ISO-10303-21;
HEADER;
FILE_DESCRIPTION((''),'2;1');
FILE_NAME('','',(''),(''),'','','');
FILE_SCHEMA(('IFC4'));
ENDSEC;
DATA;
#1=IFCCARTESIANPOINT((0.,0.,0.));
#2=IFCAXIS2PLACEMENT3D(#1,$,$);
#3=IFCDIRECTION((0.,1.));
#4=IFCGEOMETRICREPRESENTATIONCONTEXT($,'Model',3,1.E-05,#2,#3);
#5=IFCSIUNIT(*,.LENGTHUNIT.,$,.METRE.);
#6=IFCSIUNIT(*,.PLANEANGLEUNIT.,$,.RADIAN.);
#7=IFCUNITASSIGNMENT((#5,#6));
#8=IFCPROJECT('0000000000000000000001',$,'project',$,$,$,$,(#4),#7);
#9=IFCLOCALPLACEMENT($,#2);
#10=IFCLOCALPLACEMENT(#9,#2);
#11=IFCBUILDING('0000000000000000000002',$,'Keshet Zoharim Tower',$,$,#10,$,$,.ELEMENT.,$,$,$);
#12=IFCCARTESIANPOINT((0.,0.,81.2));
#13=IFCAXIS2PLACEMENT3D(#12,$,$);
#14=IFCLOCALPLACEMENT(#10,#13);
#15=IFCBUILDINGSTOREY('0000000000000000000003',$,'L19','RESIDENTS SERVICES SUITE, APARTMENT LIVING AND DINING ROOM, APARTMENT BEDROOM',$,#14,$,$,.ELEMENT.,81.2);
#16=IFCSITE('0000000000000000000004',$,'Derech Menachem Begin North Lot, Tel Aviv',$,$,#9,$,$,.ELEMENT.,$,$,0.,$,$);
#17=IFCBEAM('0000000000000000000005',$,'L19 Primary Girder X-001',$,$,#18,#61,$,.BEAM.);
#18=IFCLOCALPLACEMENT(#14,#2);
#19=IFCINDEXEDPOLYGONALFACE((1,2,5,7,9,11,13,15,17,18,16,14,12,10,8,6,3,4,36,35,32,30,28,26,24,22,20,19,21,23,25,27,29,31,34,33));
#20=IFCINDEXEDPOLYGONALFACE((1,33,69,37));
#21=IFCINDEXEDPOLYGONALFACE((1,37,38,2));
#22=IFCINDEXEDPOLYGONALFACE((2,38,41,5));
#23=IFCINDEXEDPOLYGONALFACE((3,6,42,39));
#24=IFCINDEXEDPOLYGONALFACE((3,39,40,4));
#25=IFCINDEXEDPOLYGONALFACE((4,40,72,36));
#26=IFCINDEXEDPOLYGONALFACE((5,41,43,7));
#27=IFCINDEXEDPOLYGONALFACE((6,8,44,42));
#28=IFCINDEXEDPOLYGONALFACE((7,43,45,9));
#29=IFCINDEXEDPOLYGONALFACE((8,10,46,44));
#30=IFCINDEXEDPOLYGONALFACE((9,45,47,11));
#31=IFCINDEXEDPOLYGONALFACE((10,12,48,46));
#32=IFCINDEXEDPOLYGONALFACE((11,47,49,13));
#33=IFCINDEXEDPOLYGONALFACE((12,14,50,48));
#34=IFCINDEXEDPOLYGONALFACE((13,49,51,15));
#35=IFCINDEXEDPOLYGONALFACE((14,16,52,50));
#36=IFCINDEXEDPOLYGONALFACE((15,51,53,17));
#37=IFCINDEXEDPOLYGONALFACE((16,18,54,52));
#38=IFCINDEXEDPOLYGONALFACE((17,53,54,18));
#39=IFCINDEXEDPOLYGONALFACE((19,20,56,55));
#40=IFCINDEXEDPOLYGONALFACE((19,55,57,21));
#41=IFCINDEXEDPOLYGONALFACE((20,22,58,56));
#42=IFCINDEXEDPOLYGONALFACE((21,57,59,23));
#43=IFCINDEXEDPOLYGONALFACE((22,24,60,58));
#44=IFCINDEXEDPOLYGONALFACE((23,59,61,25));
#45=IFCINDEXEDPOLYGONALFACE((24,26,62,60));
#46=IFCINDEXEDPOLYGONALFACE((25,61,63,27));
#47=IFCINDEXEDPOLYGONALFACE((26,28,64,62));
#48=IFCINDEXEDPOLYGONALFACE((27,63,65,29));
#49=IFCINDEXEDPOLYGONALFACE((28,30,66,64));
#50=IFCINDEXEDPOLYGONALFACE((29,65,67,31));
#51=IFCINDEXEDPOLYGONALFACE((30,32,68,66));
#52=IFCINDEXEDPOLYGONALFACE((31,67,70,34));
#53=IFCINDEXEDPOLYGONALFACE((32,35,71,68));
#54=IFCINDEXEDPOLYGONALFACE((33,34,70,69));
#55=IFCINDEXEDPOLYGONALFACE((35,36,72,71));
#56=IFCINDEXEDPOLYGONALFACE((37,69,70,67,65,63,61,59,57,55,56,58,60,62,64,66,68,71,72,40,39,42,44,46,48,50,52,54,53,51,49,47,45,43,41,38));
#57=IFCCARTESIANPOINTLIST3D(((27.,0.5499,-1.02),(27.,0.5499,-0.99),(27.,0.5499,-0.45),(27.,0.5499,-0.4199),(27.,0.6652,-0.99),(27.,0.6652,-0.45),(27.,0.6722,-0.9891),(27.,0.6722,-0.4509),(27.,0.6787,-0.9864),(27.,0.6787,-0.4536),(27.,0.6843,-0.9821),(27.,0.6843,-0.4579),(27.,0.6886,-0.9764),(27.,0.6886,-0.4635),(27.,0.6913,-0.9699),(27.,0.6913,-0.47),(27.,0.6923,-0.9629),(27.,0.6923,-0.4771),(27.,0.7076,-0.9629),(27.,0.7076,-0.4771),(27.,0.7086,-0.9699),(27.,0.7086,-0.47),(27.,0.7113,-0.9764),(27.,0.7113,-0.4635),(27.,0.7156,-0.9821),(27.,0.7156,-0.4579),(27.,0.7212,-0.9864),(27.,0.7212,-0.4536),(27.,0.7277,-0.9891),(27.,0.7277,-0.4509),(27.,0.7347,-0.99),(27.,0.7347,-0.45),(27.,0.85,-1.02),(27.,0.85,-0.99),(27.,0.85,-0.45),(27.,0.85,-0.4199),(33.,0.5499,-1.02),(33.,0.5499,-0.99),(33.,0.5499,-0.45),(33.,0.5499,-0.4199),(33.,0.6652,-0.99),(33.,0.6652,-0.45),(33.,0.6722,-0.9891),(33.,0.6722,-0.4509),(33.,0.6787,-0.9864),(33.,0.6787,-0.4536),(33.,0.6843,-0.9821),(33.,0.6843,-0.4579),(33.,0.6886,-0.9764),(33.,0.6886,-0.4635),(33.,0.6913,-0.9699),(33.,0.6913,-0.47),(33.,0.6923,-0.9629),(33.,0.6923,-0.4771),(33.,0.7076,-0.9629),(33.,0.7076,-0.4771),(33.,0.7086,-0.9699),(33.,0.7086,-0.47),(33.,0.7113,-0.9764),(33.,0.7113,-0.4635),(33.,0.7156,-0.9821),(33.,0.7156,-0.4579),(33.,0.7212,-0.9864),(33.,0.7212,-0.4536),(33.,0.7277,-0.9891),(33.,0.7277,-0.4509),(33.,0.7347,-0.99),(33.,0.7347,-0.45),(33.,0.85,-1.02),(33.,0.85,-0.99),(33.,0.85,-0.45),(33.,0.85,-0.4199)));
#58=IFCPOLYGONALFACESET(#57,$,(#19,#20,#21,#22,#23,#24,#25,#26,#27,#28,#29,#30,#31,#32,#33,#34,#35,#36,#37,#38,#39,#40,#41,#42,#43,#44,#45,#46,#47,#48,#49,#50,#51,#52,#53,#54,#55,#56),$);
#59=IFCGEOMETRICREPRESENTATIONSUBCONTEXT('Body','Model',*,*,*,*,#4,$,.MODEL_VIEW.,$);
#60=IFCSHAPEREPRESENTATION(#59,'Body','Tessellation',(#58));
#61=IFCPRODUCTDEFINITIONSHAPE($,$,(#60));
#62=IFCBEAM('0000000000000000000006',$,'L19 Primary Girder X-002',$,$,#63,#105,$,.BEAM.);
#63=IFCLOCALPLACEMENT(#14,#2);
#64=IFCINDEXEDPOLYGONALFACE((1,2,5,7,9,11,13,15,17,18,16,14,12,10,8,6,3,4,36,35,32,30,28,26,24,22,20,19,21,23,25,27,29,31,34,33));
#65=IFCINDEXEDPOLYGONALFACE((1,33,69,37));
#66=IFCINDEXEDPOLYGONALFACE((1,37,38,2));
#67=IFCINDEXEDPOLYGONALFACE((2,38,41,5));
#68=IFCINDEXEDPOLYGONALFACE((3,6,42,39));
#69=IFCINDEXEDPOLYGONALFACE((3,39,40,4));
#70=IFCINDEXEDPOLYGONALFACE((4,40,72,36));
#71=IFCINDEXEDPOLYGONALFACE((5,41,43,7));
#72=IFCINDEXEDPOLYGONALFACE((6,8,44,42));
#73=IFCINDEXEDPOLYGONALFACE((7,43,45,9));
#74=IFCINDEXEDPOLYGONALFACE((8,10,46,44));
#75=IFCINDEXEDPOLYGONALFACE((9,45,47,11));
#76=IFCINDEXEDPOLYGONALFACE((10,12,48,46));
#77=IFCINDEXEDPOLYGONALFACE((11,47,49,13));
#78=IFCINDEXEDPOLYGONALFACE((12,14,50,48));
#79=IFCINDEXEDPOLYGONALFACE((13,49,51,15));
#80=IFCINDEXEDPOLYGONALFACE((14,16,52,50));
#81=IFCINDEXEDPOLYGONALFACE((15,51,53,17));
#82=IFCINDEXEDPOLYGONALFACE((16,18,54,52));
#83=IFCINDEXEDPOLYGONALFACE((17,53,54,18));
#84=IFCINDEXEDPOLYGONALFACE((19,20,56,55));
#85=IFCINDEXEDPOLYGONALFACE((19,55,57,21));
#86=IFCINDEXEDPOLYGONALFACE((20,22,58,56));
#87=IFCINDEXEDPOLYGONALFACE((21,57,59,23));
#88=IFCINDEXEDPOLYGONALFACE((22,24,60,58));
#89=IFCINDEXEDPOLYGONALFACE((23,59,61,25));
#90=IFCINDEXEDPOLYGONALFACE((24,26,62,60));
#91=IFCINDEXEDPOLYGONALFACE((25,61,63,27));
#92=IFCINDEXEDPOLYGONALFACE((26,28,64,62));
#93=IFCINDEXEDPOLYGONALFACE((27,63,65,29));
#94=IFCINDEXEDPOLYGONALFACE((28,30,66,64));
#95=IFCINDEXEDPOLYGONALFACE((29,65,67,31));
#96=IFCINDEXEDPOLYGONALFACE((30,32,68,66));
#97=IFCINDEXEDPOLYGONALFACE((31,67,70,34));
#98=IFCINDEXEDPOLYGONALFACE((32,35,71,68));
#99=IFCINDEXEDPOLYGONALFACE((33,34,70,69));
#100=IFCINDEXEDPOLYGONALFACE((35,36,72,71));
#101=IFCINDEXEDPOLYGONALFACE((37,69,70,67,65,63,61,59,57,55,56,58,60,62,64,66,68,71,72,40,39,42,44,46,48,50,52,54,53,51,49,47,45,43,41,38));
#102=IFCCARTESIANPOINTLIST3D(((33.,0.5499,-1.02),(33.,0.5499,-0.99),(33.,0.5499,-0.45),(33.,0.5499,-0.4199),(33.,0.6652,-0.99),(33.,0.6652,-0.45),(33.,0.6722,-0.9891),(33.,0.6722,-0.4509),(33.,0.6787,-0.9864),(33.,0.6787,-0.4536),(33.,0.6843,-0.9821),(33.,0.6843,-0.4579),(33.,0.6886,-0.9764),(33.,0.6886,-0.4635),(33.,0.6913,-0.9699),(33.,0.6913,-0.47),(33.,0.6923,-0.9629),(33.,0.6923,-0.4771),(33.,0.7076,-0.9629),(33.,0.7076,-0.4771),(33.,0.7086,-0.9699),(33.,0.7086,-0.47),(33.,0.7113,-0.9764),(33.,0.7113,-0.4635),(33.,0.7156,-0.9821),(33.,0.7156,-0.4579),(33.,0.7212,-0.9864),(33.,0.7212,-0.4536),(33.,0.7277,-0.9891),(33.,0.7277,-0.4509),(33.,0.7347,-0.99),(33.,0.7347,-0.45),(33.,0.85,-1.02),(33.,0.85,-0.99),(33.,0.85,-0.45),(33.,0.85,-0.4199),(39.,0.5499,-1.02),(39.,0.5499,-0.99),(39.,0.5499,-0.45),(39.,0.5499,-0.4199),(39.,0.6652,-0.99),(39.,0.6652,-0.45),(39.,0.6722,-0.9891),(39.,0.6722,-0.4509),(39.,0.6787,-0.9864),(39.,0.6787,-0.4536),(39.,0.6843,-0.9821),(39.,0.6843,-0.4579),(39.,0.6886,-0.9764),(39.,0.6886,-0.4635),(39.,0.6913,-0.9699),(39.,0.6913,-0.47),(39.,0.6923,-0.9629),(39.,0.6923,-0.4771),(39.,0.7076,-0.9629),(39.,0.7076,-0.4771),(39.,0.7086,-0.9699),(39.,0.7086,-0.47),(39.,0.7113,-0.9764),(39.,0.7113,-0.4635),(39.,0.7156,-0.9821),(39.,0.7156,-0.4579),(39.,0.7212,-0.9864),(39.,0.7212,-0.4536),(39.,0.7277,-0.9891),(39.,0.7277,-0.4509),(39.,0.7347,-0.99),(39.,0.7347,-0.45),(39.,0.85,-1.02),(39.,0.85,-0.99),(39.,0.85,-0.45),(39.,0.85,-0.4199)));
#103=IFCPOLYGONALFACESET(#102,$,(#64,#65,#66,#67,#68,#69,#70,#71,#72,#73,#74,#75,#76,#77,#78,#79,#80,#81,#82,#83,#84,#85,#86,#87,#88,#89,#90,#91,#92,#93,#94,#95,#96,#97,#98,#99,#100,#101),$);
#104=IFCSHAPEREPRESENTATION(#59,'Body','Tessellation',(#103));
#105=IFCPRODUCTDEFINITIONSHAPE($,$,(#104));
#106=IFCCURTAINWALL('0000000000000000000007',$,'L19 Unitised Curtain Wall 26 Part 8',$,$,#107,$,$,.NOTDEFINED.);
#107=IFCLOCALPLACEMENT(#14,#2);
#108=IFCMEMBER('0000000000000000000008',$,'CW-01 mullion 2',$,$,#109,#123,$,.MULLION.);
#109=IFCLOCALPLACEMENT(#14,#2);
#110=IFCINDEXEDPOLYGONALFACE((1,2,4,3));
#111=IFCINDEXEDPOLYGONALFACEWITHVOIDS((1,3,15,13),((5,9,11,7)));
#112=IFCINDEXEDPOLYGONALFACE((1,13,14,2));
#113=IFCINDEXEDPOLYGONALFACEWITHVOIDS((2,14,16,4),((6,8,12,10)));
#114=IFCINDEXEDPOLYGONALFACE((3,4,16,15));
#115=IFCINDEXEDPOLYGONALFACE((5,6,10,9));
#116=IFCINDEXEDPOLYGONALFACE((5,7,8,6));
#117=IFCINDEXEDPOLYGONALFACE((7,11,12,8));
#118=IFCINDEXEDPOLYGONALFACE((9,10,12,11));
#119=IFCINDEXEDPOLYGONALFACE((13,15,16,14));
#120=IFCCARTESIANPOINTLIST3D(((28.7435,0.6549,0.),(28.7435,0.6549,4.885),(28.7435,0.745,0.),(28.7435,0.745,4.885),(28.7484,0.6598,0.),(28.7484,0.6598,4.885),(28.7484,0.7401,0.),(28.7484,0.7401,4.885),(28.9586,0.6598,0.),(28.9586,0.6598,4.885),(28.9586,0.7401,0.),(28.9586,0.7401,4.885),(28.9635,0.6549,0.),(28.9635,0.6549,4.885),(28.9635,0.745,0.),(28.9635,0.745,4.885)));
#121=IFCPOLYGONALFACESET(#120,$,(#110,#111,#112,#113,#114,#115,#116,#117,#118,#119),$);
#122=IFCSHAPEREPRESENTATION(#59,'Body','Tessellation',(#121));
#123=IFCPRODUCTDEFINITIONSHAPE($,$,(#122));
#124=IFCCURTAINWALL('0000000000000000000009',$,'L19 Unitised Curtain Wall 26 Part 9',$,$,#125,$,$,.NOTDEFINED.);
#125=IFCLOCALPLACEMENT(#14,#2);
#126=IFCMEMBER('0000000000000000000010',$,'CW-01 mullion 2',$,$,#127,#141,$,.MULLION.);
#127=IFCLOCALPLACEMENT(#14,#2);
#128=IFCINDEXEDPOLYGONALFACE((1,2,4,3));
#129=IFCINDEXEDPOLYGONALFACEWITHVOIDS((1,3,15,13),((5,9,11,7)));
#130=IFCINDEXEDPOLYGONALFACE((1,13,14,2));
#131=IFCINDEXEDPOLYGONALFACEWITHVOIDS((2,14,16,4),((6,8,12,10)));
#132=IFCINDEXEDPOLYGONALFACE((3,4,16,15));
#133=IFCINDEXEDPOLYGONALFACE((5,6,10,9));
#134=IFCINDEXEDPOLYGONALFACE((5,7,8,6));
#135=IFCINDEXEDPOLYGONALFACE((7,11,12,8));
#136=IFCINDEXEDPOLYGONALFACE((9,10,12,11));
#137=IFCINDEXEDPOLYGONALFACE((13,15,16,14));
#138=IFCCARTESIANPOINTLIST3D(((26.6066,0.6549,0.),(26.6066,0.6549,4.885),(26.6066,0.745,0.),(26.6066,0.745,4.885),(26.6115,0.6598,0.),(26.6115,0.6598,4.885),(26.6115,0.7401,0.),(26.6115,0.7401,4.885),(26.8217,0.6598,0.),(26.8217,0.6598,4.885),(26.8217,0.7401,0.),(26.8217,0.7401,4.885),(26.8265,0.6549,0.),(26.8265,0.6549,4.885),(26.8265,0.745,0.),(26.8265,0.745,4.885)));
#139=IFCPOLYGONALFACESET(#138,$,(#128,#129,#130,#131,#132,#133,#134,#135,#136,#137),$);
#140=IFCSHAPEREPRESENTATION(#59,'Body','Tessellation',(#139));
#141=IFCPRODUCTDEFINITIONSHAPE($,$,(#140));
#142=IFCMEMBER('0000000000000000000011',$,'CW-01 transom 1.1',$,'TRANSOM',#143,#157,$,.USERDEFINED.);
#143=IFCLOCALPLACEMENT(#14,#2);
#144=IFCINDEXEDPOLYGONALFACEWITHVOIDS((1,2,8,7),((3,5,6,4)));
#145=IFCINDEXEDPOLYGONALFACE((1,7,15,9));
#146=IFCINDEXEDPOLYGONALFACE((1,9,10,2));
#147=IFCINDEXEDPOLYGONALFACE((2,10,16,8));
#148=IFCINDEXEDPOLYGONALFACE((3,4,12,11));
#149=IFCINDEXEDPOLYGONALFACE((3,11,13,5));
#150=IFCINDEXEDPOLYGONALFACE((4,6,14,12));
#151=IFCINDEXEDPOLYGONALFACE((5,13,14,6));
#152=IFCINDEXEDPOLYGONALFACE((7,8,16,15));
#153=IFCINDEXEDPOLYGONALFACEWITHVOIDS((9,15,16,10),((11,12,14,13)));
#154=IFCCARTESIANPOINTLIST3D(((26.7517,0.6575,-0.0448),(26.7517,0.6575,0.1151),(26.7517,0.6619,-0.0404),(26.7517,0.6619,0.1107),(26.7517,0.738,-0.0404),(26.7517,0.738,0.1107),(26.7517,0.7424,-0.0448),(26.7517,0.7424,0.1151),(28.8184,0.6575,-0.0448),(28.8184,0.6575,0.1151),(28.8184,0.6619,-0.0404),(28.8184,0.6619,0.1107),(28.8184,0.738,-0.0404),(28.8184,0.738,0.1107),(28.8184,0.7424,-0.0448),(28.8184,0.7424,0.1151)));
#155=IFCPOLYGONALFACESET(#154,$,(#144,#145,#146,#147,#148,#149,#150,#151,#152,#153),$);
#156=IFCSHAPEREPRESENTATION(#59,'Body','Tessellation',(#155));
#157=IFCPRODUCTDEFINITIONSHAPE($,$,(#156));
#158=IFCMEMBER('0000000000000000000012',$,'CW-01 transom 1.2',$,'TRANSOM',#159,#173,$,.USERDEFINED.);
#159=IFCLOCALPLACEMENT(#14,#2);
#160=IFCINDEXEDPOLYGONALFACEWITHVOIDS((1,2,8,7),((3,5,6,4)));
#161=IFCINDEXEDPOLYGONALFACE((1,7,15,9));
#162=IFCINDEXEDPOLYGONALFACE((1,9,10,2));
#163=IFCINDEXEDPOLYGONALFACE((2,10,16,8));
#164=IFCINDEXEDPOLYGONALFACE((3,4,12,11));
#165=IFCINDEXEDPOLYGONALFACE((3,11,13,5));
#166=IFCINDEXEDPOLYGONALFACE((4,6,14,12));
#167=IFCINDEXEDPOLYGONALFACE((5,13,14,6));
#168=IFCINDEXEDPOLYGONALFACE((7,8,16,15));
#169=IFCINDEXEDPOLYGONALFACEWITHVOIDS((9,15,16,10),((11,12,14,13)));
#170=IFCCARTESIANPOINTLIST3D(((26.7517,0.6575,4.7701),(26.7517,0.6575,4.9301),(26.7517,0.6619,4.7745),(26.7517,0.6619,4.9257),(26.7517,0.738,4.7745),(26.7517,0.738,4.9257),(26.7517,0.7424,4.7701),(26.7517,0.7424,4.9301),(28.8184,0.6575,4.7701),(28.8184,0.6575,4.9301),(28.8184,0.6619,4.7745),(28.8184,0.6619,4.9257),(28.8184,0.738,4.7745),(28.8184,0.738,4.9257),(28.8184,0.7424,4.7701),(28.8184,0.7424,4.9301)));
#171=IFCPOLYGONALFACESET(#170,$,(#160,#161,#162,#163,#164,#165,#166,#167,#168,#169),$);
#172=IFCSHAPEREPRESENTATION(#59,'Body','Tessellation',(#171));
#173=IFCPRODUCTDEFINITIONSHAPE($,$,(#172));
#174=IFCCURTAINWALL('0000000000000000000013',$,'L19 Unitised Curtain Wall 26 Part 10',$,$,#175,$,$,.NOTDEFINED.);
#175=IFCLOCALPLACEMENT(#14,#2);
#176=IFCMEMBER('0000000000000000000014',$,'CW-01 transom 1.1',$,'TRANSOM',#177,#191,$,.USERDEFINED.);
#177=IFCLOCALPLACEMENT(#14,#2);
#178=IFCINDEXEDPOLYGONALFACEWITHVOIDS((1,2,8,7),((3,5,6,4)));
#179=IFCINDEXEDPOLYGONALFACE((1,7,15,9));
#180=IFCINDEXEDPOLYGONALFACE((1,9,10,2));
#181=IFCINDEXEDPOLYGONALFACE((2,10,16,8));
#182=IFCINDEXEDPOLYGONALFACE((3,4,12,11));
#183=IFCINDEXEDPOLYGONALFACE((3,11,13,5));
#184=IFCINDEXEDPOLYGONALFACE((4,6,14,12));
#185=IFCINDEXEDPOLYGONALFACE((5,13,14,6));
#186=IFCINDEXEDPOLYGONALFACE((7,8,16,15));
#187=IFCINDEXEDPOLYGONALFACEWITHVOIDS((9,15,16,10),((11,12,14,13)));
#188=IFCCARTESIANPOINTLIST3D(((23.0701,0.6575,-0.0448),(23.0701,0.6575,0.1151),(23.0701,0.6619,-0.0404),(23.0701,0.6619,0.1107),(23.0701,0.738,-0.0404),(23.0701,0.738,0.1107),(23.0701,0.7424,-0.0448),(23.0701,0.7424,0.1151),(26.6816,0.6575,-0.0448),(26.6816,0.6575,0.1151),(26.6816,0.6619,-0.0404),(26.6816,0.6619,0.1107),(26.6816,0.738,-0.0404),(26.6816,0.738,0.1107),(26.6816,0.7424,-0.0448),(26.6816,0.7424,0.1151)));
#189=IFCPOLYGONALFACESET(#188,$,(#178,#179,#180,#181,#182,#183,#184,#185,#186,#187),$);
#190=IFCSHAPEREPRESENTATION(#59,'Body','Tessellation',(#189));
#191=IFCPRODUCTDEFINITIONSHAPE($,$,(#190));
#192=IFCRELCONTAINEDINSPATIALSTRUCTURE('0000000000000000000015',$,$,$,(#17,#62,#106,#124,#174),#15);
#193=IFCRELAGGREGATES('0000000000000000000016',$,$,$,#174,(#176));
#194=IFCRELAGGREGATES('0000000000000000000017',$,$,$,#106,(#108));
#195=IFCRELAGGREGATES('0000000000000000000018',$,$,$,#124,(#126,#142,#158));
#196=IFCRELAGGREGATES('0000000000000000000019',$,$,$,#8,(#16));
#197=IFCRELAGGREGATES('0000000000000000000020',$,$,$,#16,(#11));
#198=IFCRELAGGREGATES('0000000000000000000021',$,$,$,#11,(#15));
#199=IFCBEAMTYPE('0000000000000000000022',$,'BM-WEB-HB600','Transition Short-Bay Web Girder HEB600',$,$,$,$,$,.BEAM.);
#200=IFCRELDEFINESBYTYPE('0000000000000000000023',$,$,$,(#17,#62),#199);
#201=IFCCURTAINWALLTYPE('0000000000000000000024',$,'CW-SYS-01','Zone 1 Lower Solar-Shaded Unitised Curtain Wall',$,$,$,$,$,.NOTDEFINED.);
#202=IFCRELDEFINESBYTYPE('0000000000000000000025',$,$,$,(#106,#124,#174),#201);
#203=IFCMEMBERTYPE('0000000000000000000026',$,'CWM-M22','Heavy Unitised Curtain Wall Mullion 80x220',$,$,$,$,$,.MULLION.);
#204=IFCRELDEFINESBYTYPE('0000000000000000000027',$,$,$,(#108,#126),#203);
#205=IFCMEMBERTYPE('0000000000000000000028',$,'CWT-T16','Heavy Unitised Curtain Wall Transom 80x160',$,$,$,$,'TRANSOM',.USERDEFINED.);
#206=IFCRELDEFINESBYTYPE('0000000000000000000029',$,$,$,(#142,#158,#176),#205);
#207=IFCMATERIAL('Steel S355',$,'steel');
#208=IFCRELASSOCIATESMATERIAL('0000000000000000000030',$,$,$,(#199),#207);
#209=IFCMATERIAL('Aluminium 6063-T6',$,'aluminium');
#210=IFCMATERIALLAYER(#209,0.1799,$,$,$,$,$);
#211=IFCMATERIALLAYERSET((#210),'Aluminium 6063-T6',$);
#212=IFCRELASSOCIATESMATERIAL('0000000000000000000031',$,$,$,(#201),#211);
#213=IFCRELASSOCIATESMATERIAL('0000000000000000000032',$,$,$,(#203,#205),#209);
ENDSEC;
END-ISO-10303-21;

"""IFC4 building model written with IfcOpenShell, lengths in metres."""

from ifc_helpers import new_model, si_unit, direction, frame, origin, origin_2d, place, context, subcontext, project, spatial, hollow_rectangle, i_section, extrude, material, layer, layer_set, material_profile, profile_set, type_object, element, aggregate, save


model = new_model("IFC4")

# Units and contexts
model_context = context("Model", 3, precision=1e-05, world=origin(), true_north=direction((0.0, 1.0)))
body_context = subcontext(model_context, "Body", "Model", "MODEL_VIEW")
ifc_project = project(units=[si_unit("LENGTHUNIT", "METRE"), si_unit("PLANEANGLEUNIT", "RADIAN")], contexts=[model_context])

# Site, building, storey
site_placement = place(None, origin())
site = spatial("IfcSite", under=ifc_project, at=site_placement, Name="Derech Menachem Begin North Lot, Tel Aviv", CompositionType="ELEMENT", RefElevation=0.0)
building_placement = place(site_placement, origin())
building = spatial("IfcBuilding", under=site, at=building_placement, Name="Keshet Zoharim Tower", CompositionType="ELEMENT")
storey_placement = place(building_placement, frame((0.0, 0.0, 81.2)))
storey = spatial("IfcBuildingStorey", under=building, at=storey_placement, Name="L19", Description="RESIDENTS SERVICES SUITE, APARTMENT LIVING AND DINING ROOM, APARTMENT BEDROOM", CompositionType="ELEMENT", Elevation=81.2)

# Shared definitions
ifc_material_1 = material(Name="Steel S355", Category="steel")

# Beams
ifc_material_profile_1 = material_profile(ifc_material_1, i_section(OverallWidth=0.3, OverallDepth=0.6001, WebThickness=0.0154, FlangeThickness=0.03, FilletRadius=0.0271, at=origin_2d()), Name="HEB600")
ifc_profile_set_1 = profile_set([ifc_material_profile_1], Name="Steel S355")
beam_type_1 = type_object("IfcBeamType", Name="BM-WEB-HB600", Description="Transition Short-Bay Web Girder HEB600", PredefinedType="BEAM", material=ifc_profile_set_1)
for number, where, z_axis, x_axis, name in (
    (1, (27.0, 0.7, -0.72), (1.0, 0.0, 0.0), (0.0, 1.0, 0.0), "L19 Primary Girder X-001"),
    (2, (33.0, 0.7, -0.72), (1.0, 0.0, 0.0), (0.0, 1.0, 0.0), "L19 Primary Girder X-002"),
):
    element("IfcBeam", number, at=place(storey_placement, frame(where, z_axis=z_axis, x_axis=x_axis)), inside=storey, type_object=beam_type_1, Name=name, PredefinedType="BEAM", context=body_context, shape_type="SweptSolid", body=[
        extrude(i_section(OverallWidth=0.3, OverallDepth=0.6001, WebThickness=0.0154, FlangeThickness=0.03, FilletRadius=0.0271, at=origin_2d()), origin(), (0.0, 0.0, 1.0), 6.0),
    ])

# Curtain wall, member
ifc_material_2 = material(Name="Aluminium 6063-T6", Category="aluminium")
ifc_layer_1 = layer(ifc_material_2, 0.1799)
ifc_layer_set_1 = layer_set([ifc_layer_1], Name="Aluminium 6063-T6")
curtain_wall_type = type_object("IfcCurtainWallType", Name="CW-SYS-01", Description="Zone 1 Lower Solar-Shaded Unitised Curtain Wall", PredefinedType="NOTDEFINED", material=ifc_layer_set_1)
curtain_wall_1_placement = place(storey_placement, origin())
curtain_wall_1 = element("IfcCurtainWall", 3, at=curtain_wall_1_placement, inside=storey, type_object=curtain_wall_type, Name="L19 Unitised Curtain Wall 26 Part 8", PredefinedType="NOTDEFINED")
ifc_material_profile_2 = material_profile(ifc_material_2, hollow_rectangle(XDim=0.0901, YDim=0.22, WallThickness=0.0049, at=origin_2d()), Name="MUL-90x220")
ifc_profile_set_2 = profile_set([ifc_material_profile_2], Name="Aluminium 6063-T6")
member_type_1 = type_object("IfcMemberType", Name="CWM-M22", Description="Heavy Unitised Curtain Wall Mullion 80x220", PredefinedType="MULLION", material=ifc_profile_set_2)
member_1_placement = place(storey_placement, frame((28.8535, 0.7, 0.0), z_axis=(0.0, 0.0, 1.0), x_axis=(0.0, -1.0, 0.0)))
member_1 = element("IfcMember", 4, at=member_1_placement, type_object=member_type_1, Name="CW-01 mullion 2", PredefinedType="MULLION", context=body_context, shape_type="SweptSolid", body=[
    extrude(hollow_rectangle(XDim=0.0901, YDim=0.22, WallThickness=0.0049, at=origin_2d()), origin(), (0.0, 0.0, 1.0), 4.885),
])

# Curtain walls, members
curtain_wall_2_placement = place(storey_placement, origin())
curtain_wall_2 = element("IfcCurtainWall", 5, at=curtain_wall_2_placement, inside=storey, type_object=curtain_wall_type, Name="L19 Unitised Curtain Wall 26 Part 9", PredefinedType="NOTDEFINED")
member_2_placement = place(storey_placement, frame((26.7166, 0.7, 0.0), z_axis=(0.0, 0.0, 1.0), x_axis=(0.0, -1.0, 0.0)))
member_2 = element("IfcMember", 6, at=member_2_placement, type_object=member_type_1, Name="CW-01 mullion 2", PredefinedType="MULLION", context=body_context, shape_type="SweptSolid", body=[
    extrude(hollow_rectangle(XDim=0.0901, YDim=0.22, WallThickness=0.0049, at=origin_2d()), origin(), (0.0, 0.0, 1.0), 4.885),
])
ifc_material_profile_3 = material_profile(ifc_material_2, hollow_rectangle(XDim=0.085, YDim=0.1599, WallThickness=0.0044, at=origin_2d()), Name="TRN-85x160")
ifc_profile_set_3 = profile_set([ifc_material_profile_3], Name="Aluminium 6063-T6")
member_type_2 = type_object("IfcMemberType", Name="CWT-T16", Description="Heavy Unitised Curtain Wall Transom 80x160", ElementType="TRANSOM", PredefinedType="USERDEFINED", material=ifc_profile_set_3)
member_3_placement = place(storey_placement, frame((28.8184, 0.7, 0.0352), z_axis=(-1.0, 0.0, 0.0), x_axis=(0.0, -1.0, 0.0)))
member_3 = element("IfcMember", 7, at=member_3_placement, type_object=member_type_2, Name="CW-01 transom 1.1", ObjectType="TRANSOM", PredefinedType="USERDEFINED", context=body_context, shape_type="SweptSolid", body=[
    extrude(hollow_rectangle(XDim=0.085, YDim=0.1599, WallThickness=0.0044, at=origin_2d()), origin(), (0.0, 0.0, 1.0), 2.0667),
])
member_4_placement = place(storey_placement, frame((28.8184, 0.7, 4.8501), z_axis=(-1.0, 0.0, 0.0), x_axis=(0.0, -1.0, 0.0)))
member_4 = element("IfcMember", 8, at=member_4_placement, type_object=member_type_2, Name="CW-01 transom 1.2", ObjectType="TRANSOM", PredefinedType="USERDEFINED", context=body_context, shape_type="SweptSolid", body=[
    extrude(hollow_rectangle(XDim=0.085, YDim=0.1599, WallThickness=0.0044, at=origin_2d()), origin(), (0.0, 0.0, 1.0), 2.0667),
])
curtain_wall_3_placement = place(storey_placement, origin())
curtain_wall_3 = element("IfcCurtainWall", 9, at=curtain_wall_3_placement, inside=storey, type_object=curtain_wall_type, Name="L19 Unitised Curtain Wall 26 Part 10", PredefinedType="NOTDEFINED")
member_5_placement = place(storey_placement, frame((26.6816, 0.7, 0.0352), z_axis=(-1.0, 0.0, 0.0), x_axis=(0.0, -1.0, 0.0)))
member_5 = element("IfcMember", 10, at=member_5_placement, type_object=member_type_2, Name="CW-01 transom 1.1", ObjectType="TRANSOM", PredefinedType="USERDEFINED", context=body_context, shape_type="SweptSolid", body=[
    extrude(hollow_rectangle(XDim=0.085, YDim=0.1599, WallThickness=0.0044, at=origin_2d()), origin(), (0.0, 0.0, 1.0), 3.6116),
])
aggregate(curtain_wall_3, [member_5])

aggregate(curtain_wall_1, [member_1])
aggregate(curtain_wall_2, [member_2, member_3, member_4])

save(model, "model.ifc")
